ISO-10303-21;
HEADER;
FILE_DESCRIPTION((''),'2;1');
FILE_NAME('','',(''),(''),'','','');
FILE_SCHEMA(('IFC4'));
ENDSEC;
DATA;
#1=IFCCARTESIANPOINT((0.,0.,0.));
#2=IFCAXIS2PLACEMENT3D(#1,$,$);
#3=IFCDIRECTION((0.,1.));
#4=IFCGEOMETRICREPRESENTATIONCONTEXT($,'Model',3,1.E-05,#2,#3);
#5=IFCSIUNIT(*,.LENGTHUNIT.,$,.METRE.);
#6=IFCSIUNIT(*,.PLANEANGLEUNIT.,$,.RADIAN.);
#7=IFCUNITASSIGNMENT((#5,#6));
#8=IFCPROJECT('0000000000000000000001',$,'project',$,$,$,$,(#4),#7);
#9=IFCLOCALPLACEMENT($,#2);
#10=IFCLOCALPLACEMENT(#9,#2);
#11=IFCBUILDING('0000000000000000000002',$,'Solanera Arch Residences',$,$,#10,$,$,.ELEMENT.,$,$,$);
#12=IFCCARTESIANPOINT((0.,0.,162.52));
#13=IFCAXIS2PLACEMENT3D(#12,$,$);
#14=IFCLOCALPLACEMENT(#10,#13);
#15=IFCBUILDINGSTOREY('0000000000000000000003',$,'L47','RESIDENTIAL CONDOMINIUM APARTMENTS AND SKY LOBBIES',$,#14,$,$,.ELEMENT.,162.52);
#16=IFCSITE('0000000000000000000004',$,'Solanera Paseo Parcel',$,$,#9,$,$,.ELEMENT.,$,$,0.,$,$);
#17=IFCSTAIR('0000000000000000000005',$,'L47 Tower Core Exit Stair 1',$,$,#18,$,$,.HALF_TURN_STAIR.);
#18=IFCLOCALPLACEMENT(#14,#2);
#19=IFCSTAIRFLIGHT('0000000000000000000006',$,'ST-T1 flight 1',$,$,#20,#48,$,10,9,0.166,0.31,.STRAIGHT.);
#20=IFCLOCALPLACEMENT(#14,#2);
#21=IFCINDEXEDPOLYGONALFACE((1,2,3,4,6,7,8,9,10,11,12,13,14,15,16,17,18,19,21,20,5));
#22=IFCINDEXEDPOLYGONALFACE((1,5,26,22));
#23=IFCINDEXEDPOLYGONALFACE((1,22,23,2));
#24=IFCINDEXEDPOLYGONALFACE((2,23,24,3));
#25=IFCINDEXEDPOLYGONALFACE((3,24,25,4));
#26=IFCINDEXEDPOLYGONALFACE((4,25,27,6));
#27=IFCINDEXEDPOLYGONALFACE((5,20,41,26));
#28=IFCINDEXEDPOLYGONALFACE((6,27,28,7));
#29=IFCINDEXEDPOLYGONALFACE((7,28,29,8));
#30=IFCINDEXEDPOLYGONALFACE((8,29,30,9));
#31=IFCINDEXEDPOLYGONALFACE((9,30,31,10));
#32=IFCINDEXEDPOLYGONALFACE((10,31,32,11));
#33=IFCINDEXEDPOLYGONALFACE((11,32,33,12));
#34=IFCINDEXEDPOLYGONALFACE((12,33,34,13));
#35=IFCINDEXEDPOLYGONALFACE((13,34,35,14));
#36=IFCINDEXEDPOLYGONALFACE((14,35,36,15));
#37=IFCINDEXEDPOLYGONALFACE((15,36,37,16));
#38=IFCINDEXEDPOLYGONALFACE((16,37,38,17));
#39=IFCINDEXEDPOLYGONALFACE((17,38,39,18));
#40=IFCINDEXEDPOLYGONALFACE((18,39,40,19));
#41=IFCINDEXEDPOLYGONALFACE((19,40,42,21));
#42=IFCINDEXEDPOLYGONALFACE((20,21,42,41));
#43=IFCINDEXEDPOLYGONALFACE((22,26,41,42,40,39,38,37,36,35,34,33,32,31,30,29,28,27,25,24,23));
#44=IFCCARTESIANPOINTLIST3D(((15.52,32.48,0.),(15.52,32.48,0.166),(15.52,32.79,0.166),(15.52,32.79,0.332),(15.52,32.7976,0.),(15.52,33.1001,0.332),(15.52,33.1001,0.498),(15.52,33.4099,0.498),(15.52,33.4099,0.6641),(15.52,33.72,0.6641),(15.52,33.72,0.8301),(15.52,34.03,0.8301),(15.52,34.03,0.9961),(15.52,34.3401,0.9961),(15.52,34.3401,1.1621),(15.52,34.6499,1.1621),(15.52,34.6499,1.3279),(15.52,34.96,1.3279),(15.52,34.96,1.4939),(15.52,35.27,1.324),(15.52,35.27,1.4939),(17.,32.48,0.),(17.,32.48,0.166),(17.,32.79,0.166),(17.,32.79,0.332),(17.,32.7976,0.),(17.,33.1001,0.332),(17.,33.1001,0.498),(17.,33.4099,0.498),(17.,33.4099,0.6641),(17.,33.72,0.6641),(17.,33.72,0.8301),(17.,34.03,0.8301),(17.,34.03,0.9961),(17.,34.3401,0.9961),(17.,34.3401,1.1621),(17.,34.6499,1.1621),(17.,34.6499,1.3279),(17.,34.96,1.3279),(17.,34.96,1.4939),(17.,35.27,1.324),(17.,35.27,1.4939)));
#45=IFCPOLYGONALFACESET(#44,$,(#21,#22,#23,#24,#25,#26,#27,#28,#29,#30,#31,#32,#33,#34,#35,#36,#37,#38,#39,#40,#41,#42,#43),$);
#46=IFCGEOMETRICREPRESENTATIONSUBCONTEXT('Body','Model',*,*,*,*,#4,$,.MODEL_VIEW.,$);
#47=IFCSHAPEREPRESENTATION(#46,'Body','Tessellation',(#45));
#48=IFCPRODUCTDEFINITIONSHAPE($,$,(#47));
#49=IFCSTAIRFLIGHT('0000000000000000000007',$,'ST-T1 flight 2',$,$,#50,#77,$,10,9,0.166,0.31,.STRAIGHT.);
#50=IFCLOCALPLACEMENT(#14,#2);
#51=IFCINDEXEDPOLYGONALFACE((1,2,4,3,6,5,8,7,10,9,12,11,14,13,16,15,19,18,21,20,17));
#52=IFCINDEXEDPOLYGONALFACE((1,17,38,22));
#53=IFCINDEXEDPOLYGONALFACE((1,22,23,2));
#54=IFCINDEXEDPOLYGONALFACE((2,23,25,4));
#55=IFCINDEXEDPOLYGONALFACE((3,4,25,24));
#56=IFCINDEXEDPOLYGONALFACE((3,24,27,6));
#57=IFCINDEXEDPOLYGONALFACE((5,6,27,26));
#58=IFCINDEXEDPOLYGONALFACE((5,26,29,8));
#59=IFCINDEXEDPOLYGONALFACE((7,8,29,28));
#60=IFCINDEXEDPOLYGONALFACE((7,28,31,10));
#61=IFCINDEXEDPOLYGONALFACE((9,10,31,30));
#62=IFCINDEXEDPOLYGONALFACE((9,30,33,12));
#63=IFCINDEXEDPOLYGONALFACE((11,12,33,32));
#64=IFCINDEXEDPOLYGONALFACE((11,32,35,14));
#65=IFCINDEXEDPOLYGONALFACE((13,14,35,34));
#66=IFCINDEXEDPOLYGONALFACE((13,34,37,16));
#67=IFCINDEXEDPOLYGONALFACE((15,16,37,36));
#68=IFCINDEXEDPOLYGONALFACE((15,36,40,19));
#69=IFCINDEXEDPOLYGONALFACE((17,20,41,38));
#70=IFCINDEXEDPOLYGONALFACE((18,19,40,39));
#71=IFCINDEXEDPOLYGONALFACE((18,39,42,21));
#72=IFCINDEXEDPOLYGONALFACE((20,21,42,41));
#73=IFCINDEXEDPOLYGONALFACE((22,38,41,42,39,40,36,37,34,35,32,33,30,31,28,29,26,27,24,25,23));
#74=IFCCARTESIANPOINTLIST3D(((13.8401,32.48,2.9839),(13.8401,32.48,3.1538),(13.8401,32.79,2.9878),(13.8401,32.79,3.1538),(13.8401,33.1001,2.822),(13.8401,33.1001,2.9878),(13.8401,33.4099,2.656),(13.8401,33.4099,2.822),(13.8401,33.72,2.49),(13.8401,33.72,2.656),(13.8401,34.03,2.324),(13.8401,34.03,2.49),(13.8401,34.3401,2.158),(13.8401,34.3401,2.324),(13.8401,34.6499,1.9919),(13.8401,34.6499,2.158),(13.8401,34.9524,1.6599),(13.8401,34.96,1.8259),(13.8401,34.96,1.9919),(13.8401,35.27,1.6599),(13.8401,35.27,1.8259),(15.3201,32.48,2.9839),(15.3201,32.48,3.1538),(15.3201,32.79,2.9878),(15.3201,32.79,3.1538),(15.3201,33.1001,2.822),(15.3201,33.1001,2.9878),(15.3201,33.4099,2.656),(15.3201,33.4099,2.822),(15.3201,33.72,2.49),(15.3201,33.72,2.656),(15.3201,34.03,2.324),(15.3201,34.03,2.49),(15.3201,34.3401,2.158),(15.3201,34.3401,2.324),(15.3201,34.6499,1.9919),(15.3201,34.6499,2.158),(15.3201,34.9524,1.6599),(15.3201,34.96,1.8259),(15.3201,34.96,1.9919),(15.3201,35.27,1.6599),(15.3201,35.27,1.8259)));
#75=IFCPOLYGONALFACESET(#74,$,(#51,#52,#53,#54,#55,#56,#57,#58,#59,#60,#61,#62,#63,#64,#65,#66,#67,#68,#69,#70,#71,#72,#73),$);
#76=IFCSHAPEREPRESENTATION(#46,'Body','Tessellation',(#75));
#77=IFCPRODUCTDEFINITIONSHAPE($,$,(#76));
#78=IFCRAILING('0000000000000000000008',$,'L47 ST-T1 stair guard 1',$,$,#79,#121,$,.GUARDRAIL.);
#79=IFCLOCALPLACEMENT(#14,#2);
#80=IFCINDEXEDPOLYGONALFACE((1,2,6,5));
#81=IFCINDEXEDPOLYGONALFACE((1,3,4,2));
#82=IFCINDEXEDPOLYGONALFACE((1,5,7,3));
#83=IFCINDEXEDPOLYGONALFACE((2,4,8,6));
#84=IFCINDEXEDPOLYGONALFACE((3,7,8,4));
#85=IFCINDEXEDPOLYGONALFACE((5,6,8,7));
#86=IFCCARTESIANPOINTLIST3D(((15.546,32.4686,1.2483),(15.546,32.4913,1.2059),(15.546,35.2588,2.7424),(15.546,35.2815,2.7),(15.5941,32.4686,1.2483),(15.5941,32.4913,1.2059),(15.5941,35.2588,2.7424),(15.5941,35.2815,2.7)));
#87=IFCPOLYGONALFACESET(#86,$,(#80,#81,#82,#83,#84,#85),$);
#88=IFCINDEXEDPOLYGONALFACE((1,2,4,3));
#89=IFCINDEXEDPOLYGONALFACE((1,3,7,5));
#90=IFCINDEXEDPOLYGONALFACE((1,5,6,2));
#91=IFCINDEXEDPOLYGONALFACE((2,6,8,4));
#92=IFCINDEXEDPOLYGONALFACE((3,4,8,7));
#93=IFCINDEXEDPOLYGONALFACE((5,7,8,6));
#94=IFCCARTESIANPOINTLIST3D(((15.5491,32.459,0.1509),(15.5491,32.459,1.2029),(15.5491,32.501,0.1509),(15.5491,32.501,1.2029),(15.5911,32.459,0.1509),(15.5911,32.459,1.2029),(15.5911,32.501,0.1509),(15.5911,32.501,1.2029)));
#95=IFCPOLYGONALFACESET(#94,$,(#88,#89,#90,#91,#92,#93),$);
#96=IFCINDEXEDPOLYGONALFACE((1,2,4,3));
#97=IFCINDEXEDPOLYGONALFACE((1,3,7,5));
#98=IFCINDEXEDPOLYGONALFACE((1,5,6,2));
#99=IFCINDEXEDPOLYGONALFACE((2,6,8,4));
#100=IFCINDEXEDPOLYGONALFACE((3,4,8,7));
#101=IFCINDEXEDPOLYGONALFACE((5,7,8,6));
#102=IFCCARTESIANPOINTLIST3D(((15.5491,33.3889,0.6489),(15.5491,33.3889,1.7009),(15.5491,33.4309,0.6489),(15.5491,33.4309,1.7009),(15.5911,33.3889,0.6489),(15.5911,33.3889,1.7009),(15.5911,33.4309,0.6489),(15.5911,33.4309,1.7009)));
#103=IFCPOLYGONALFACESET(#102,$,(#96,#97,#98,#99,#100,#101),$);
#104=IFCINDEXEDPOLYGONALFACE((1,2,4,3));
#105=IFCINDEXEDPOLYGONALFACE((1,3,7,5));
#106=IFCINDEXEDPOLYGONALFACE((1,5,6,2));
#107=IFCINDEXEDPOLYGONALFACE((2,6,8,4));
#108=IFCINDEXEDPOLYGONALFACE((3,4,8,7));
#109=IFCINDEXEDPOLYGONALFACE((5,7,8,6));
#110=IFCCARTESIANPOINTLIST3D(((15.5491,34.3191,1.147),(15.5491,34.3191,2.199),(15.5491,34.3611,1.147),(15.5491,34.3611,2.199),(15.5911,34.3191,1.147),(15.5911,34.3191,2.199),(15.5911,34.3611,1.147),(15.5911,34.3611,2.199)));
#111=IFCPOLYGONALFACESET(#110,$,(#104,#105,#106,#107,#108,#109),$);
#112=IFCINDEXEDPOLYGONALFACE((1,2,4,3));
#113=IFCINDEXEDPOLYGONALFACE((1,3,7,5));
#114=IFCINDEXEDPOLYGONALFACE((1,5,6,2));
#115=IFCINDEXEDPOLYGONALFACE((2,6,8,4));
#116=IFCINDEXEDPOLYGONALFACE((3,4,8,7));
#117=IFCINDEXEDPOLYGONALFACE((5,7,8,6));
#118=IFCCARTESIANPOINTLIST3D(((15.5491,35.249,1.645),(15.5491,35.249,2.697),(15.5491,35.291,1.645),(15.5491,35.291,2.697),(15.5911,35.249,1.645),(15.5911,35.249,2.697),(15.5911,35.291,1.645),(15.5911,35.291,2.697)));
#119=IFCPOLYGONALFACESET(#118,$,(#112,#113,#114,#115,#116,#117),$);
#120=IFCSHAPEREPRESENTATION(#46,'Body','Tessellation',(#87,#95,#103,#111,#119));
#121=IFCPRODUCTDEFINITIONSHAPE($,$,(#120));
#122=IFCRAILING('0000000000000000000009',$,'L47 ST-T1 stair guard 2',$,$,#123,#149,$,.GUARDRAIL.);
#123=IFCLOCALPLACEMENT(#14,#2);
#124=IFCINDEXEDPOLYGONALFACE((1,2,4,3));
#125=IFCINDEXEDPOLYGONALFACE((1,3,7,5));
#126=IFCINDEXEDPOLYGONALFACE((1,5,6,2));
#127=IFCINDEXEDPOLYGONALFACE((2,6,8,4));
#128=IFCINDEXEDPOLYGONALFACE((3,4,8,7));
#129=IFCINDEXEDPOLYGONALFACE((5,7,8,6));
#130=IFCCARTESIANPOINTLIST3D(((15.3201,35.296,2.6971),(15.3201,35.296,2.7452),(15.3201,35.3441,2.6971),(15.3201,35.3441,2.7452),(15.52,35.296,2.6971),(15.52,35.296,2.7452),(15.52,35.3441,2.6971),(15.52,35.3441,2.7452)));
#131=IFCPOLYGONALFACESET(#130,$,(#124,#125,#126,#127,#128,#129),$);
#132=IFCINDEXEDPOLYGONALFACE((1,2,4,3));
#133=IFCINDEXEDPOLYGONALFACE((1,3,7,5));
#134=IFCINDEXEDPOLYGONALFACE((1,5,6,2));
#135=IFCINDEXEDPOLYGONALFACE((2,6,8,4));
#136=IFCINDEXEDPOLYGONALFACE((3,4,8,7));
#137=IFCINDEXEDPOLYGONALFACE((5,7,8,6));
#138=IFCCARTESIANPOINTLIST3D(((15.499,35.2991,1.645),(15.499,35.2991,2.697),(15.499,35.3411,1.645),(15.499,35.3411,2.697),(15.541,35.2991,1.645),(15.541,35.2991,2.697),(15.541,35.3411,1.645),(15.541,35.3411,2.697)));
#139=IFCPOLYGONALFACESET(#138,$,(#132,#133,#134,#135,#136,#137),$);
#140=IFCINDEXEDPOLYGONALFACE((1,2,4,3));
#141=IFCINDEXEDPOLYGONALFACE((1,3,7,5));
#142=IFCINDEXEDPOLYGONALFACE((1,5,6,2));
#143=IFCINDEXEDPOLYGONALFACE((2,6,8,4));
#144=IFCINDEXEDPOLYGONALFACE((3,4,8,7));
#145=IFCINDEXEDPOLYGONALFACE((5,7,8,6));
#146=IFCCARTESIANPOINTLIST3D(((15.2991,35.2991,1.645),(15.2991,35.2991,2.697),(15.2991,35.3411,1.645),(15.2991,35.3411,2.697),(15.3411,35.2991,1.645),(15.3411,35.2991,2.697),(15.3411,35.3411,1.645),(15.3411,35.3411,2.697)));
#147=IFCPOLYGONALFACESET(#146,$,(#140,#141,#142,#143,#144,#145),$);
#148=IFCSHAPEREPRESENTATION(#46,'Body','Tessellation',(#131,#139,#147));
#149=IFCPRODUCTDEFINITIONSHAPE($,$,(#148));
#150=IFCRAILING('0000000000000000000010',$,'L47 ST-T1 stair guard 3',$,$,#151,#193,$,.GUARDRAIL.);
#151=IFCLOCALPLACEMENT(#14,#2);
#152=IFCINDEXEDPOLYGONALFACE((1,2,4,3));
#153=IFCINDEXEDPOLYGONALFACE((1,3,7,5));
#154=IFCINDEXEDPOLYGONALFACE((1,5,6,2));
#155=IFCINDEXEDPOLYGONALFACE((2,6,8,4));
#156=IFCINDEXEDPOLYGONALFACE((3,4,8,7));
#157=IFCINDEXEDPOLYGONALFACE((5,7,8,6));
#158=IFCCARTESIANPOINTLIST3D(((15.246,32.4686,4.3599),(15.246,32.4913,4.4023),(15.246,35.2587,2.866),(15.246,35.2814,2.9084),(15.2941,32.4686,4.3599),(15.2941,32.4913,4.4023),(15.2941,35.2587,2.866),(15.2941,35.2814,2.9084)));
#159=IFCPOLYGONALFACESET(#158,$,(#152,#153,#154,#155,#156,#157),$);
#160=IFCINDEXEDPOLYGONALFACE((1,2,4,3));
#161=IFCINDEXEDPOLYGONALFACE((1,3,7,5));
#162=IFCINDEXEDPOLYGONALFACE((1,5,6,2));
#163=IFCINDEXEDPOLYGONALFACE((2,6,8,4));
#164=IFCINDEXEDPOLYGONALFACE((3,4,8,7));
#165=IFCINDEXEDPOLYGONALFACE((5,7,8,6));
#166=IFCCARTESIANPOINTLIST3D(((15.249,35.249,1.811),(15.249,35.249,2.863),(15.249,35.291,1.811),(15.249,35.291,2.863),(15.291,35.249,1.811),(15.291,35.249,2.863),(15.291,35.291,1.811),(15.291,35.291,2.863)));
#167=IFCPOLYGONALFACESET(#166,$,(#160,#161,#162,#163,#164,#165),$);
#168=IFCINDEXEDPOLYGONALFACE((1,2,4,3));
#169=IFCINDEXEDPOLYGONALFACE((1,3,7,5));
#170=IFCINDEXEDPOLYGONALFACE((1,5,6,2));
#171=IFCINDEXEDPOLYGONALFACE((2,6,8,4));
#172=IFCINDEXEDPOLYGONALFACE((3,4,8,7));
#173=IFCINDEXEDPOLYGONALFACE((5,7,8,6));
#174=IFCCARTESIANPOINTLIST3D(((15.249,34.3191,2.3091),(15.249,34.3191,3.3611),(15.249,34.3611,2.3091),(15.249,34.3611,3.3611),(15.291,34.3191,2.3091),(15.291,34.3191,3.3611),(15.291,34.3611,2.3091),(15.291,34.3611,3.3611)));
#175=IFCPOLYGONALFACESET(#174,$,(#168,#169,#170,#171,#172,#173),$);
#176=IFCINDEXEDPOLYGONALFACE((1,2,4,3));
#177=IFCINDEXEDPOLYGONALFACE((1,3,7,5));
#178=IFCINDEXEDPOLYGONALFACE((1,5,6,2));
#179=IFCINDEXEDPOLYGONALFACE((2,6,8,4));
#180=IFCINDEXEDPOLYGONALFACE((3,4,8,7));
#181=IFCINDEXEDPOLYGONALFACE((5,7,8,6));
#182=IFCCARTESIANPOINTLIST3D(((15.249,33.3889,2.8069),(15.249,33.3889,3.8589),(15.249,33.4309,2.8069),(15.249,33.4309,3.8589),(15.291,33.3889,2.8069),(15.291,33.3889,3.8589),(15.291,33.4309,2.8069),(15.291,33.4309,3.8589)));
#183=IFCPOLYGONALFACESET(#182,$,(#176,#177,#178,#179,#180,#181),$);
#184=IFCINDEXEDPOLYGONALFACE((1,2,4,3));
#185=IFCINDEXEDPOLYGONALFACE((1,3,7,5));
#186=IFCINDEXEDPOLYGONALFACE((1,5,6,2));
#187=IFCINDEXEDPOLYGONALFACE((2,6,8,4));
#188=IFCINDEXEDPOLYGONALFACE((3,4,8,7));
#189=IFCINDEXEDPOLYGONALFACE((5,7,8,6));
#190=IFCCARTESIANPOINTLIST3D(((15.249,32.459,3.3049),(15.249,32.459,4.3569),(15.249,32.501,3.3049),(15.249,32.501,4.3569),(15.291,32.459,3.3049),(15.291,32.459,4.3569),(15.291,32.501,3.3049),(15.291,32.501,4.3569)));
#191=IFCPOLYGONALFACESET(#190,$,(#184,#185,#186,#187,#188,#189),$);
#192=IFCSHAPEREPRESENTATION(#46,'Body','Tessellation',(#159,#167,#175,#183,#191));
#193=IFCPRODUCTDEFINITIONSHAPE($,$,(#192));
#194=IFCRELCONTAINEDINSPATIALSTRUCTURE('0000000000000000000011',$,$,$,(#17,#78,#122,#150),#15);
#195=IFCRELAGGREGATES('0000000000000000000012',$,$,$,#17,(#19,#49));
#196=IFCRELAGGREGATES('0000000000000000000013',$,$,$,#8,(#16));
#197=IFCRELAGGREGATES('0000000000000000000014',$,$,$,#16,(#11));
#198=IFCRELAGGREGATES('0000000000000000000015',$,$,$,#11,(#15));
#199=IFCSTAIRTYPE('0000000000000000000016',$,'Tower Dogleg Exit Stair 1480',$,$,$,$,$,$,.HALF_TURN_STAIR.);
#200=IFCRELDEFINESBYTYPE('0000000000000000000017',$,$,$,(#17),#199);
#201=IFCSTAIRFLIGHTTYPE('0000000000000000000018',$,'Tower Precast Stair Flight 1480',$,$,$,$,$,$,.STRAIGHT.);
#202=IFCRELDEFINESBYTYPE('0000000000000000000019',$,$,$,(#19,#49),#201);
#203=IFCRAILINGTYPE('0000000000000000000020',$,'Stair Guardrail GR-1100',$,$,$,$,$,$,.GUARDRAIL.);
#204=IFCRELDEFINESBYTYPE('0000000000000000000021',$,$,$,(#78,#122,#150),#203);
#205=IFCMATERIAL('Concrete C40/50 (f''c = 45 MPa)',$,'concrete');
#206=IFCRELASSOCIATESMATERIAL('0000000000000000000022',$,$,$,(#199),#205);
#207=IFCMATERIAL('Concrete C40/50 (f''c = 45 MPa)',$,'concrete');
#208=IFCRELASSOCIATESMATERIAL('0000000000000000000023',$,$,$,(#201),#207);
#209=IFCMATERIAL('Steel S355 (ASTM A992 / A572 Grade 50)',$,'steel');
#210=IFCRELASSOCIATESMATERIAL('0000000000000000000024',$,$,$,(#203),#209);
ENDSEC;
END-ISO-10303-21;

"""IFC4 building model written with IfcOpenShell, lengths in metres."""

from ifc_helpers import new_model, si_unit, direction, frame, origin, origin_2d, place, context, subcontext, project, spatial, polyline, rectangle, outline, extrude, material, type_object, element, aggregate, save


model = new_model("IFC4")

# Units and contexts
model_context = context("Model", 3, precision=1e-05, world=origin(), true_north=direction((0.0, 1.0)))
body_context = subcontext(model_context, "Body", "Model", "MODEL_VIEW")
ifc_project = project(units=[si_unit("LENGTHUNIT", "METRE"), si_unit("PLANEANGLEUNIT", "RADIAN")], contexts=[model_context])

# Site, building, storey
site_placement = place(None, origin())
site = spatial("IfcSite", under=ifc_project, at=site_placement, Name="Solanera Paseo Parcel", CompositionType="ELEMENT", RefElevation=0.0)
building_placement = place(site_placement, origin())
building = spatial("IfcBuilding", under=site, at=building_placement, Name="Solanera Arch Residences", CompositionType="ELEMENT")
storey_placement = place(building_placement, frame((0.0, 0.0, 162.52)))
storey = spatial("IfcBuildingStorey", under=building, at=storey_placement, Name="L47", Description="RESIDENTIAL CONDOMINIUM APARTMENTS AND SKY LOBBIES", CompositionType="ELEMENT", Elevation=162.52)

# Stair, stair flights
ifc_material_1 = material(Name="Concrete C40/50 (f'c = 45 MPa)", Category="concrete")
stair_type = type_object("IfcStairType", Name="Tower Dogleg Exit Stair 1480", PredefinedType="HALF_TURN_STAIR", material=ifc_material_1)
stair_placement = place(storey_placement, origin())
stair = element("IfcStair", 1, at=stair_placement, inside=storey, type_object=stair_type, Name="L47 Tower Core Exit Stair 1", PredefinedType="HALF_TURN_STAIR")
ifc_material_2 = material(Name="Concrete C40/50 (f'c = 45 MPa)", Category="concrete")
stair_flight_type = type_object("IfcStairFlightType", Name="Tower Precast Stair Flight 1480", PredefinedType="STRAIGHT", material=ifc_material_2)
stair_flight_1_placement = place(storey_placement, frame((16.26, 32.48, 0.0), z_axis=(0.0, 0.0, 1.0), x_axis=(0.0, 1.0, 0.0)))
stair_flight_1 = element("IfcStairFlight", 2, at=stair_flight_1_placement, type_object=stair_flight_type, Name="ST-T1 flight 1", NumberOfRisers=10, NumberOfTreads=9, PredefinedType="STRAIGHT", RiserHeight=0.166, TreadLength=0.31, context=body_context, shape_type="SweptSolid", body=[
    extrude(outline(polyline([(0.0, 0.0), (0.0, 0.166), (0.3101, 0.166), (0.3101, 0.332), (0.6201, 0.332), (0.6201, 0.498), (0.9299, 0.498), (0.9299, 0.6641), (1.24, 0.6641), (1.24, 0.8301), (1.55, 0.8301), (1.55, 0.9961), (1.8601, 0.9961), (1.8601, 1.1621), (2.1699, 1.1621), (2.1699, 1.3279), (2.48, 1.3279), (2.48, 1.4939), (2.79, 1.4939), (2.79, 1.6599), (2.79, 1.324), (0.3176, 0.0), (0.0, 0.0)])), frame((0.0, 0.74, 0.0), z_axis=(0.0, -1.0, 0.0), x_axis=(1.0, 0.0, 0.0)), (0.0, 0.0, 1.0), 1.48),
])
stair_flight_2_placement = place(storey_placement, frame((14.5801, 35.27, 1.6599), z_axis=(0.0, 0.0, 1.0), x_axis=(0.0, -1.0, 0.0)))
stair_flight_2 = element("IfcStairFlight", 3, at=stair_flight_2_placement, type_object=stair_flight_type, Name="ST-T1 flight 2", NumberOfRisers=10, NumberOfTreads=9, PredefinedType="STRAIGHT", RiserHeight=0.166, TreadLength=0.31, context=body_context, shape_type="SweptSolid", body=[
    extrude(outline(polyline([(0.0, 0.0), (0.0, 0.166), (0.3101, 0.166), (0.3101, 0.332), (0.6201, 0.332), (0.6201, 0.498), (0.9299, 0.498), (0.9299, 0.6641), (1.24, 0.6641), (1.24, 0.8301), (1.55, 0.8301), (1.55, 0.9961), (1.8601, 0.9961), (1.8601, 1.1621), (2.1699, 1.1621), (2.1699, 1.3279), (2.48, 1.3279), (2.48, 1.4939), (2.79, 1.4939), (2.79, 1.6599), (2.79, 1.324), (0.3176, 0.0), (0.0, 0.0)])), frame((0.0, 0.74, 0.0), z_axis=(0.0, -1.0, 0.0), x_axis=(1.0, 0.0, 0.0)), (0.0, 0.0, 1.0), 1.48),
])
aggregate(stair, [stair_flight_1, stair_flight_2])

# Railings
ifc_material_3 = material(Name="Steel S355 (ASTM A992 / A572 Grade 50)", Category="steel")
railing_type_1 = type_object("IfcRailingType", Name="Stair Guardrail GR-1100", PredefinedType="GUARDRAIL", material=ifc_material_3)
railing_1_placement = place(storey_placement, frame((15.5701, 32.48, 0.1509)))
element("IfcRailing", 4, at=railing_1_placement, inside=storey, type_object=railing_type_1, Name="L47 ST-T1 stair guard 1", PredefinedType="GUARDRAIL", context=body_context, shape_type="SweptSolid", body=[
    extrude(rectangle(XDim=0.0481, YDim=0.0481, at=origin_2d()), frame((0.0, 0.0, 1.0762), z_axis=(0.0, 0.881549, 0.472093), x_axis=(-1.0, 0.0, 0.0)), (0.0, 0.0, 1.0), 3.165),
    extrude(rectangle(XDim=0.042, YDim=0.042, at=origin_2d()), origin(), (0.0, 0.0, 1.0), 1.052),
    extrude(rectangle(XDim=0.042, YDim=0.042, at=origin_2d()), frame((0.0, 0.9299, 0.498)), (0.0, 0.0, 1.0), 1.052),
    extrude(rectangle(XDim=0.042, YDim=0.042, at=origin_2d()), frame((0.0, 1.8601, 0.9961)), (0.0, 0.0, 1.0), 1.052),
    extrude(rectangle(XDim=0.042, YDim=0.042, at=origin_2d()), frame((0.0, 2.79, 1.4941)), (0.0, 0.0, 1.0), 1.052),
])
railing_2_placement = place(storey_placement, frame((15.52, 35.3201, 1.645)))
element("IfcRailing", 5, at=railing_2_placement, inside=storey, type_object=railing_type_1, Name="L47 ST-T1 stair guard 2", PredefinedType="GUARDRAIL", context=body_context, shape_type="SweptSolid", body=[
    extrude(rectangle(XDim=0.0481, YDim=0.0481, at=origin_2d()), frame((0.0, 0.0, 1.0762), z_axis=(-1.0, 0.0, 0.0), x_axis=(0.0, -1.0, 0.0)), (0.0, 0.0, 1.0), 0.2),
    extrude(rectangle(XDim=0.042, YDim=0.042, at=origin_2d()), origin(), (0.0, 0.0, 1.0), 1.052),
    extrude(rectangle(XDim=0.042, YDim=0.042, at=origin_2d()), frame((-0.2, 0.0, 0.0)), (0.0, 0.0, 1.0), 1.052),
])
railing_3_placement = place(storey_placement, frame((15.27, 35.27, 1.811)))
element("IfcRailing", 6, at=railing_3_placement, inside=storey, type_object=railing_type_1, Name="L47 ST-T1 stair guard 3", PredefinedType="GUARDRAIL", context=body_context, shape_type="SweptSolid", body=[
    extrude(rectangle(XDim=0.0481, YDim=0.0481, at=origin_2d()), frame((0.0, 0.0, 1.0762), z_axis=(0.0, -0.881581, 0.472033), x_axis=(1.0, 0.0, 0.0)), (0.0, 0.0, 1.0), 3.1648),
    extrude(rectangle(XDim=0.042, YDim=0.042, at=origin_2d()), origin(), (0.0, 0.0, 1.0), 1.052),
    extrude(rectangle(XDim=0.042, YDim=0.042, at=origin_2d()), frame((0.0, -0.9299, 0.498)), (0.0, 0.0, 1.0), 1.052),
    extrude(rectangle(XDim=0.042, YDim=0.042, at=origin_2d()), frame((0.0, -1.8601, 0.9958)), (0.0, 0.0, 1.0), 1.052),
    extrude(rectangle(XDim=0.042, YDim=0.042, at=origin_2d()), frame((0.0, -2.79, 1.4939)), (0.0, 0.0, 1.0), 1.052),
])

save(model, "model.ifc")
